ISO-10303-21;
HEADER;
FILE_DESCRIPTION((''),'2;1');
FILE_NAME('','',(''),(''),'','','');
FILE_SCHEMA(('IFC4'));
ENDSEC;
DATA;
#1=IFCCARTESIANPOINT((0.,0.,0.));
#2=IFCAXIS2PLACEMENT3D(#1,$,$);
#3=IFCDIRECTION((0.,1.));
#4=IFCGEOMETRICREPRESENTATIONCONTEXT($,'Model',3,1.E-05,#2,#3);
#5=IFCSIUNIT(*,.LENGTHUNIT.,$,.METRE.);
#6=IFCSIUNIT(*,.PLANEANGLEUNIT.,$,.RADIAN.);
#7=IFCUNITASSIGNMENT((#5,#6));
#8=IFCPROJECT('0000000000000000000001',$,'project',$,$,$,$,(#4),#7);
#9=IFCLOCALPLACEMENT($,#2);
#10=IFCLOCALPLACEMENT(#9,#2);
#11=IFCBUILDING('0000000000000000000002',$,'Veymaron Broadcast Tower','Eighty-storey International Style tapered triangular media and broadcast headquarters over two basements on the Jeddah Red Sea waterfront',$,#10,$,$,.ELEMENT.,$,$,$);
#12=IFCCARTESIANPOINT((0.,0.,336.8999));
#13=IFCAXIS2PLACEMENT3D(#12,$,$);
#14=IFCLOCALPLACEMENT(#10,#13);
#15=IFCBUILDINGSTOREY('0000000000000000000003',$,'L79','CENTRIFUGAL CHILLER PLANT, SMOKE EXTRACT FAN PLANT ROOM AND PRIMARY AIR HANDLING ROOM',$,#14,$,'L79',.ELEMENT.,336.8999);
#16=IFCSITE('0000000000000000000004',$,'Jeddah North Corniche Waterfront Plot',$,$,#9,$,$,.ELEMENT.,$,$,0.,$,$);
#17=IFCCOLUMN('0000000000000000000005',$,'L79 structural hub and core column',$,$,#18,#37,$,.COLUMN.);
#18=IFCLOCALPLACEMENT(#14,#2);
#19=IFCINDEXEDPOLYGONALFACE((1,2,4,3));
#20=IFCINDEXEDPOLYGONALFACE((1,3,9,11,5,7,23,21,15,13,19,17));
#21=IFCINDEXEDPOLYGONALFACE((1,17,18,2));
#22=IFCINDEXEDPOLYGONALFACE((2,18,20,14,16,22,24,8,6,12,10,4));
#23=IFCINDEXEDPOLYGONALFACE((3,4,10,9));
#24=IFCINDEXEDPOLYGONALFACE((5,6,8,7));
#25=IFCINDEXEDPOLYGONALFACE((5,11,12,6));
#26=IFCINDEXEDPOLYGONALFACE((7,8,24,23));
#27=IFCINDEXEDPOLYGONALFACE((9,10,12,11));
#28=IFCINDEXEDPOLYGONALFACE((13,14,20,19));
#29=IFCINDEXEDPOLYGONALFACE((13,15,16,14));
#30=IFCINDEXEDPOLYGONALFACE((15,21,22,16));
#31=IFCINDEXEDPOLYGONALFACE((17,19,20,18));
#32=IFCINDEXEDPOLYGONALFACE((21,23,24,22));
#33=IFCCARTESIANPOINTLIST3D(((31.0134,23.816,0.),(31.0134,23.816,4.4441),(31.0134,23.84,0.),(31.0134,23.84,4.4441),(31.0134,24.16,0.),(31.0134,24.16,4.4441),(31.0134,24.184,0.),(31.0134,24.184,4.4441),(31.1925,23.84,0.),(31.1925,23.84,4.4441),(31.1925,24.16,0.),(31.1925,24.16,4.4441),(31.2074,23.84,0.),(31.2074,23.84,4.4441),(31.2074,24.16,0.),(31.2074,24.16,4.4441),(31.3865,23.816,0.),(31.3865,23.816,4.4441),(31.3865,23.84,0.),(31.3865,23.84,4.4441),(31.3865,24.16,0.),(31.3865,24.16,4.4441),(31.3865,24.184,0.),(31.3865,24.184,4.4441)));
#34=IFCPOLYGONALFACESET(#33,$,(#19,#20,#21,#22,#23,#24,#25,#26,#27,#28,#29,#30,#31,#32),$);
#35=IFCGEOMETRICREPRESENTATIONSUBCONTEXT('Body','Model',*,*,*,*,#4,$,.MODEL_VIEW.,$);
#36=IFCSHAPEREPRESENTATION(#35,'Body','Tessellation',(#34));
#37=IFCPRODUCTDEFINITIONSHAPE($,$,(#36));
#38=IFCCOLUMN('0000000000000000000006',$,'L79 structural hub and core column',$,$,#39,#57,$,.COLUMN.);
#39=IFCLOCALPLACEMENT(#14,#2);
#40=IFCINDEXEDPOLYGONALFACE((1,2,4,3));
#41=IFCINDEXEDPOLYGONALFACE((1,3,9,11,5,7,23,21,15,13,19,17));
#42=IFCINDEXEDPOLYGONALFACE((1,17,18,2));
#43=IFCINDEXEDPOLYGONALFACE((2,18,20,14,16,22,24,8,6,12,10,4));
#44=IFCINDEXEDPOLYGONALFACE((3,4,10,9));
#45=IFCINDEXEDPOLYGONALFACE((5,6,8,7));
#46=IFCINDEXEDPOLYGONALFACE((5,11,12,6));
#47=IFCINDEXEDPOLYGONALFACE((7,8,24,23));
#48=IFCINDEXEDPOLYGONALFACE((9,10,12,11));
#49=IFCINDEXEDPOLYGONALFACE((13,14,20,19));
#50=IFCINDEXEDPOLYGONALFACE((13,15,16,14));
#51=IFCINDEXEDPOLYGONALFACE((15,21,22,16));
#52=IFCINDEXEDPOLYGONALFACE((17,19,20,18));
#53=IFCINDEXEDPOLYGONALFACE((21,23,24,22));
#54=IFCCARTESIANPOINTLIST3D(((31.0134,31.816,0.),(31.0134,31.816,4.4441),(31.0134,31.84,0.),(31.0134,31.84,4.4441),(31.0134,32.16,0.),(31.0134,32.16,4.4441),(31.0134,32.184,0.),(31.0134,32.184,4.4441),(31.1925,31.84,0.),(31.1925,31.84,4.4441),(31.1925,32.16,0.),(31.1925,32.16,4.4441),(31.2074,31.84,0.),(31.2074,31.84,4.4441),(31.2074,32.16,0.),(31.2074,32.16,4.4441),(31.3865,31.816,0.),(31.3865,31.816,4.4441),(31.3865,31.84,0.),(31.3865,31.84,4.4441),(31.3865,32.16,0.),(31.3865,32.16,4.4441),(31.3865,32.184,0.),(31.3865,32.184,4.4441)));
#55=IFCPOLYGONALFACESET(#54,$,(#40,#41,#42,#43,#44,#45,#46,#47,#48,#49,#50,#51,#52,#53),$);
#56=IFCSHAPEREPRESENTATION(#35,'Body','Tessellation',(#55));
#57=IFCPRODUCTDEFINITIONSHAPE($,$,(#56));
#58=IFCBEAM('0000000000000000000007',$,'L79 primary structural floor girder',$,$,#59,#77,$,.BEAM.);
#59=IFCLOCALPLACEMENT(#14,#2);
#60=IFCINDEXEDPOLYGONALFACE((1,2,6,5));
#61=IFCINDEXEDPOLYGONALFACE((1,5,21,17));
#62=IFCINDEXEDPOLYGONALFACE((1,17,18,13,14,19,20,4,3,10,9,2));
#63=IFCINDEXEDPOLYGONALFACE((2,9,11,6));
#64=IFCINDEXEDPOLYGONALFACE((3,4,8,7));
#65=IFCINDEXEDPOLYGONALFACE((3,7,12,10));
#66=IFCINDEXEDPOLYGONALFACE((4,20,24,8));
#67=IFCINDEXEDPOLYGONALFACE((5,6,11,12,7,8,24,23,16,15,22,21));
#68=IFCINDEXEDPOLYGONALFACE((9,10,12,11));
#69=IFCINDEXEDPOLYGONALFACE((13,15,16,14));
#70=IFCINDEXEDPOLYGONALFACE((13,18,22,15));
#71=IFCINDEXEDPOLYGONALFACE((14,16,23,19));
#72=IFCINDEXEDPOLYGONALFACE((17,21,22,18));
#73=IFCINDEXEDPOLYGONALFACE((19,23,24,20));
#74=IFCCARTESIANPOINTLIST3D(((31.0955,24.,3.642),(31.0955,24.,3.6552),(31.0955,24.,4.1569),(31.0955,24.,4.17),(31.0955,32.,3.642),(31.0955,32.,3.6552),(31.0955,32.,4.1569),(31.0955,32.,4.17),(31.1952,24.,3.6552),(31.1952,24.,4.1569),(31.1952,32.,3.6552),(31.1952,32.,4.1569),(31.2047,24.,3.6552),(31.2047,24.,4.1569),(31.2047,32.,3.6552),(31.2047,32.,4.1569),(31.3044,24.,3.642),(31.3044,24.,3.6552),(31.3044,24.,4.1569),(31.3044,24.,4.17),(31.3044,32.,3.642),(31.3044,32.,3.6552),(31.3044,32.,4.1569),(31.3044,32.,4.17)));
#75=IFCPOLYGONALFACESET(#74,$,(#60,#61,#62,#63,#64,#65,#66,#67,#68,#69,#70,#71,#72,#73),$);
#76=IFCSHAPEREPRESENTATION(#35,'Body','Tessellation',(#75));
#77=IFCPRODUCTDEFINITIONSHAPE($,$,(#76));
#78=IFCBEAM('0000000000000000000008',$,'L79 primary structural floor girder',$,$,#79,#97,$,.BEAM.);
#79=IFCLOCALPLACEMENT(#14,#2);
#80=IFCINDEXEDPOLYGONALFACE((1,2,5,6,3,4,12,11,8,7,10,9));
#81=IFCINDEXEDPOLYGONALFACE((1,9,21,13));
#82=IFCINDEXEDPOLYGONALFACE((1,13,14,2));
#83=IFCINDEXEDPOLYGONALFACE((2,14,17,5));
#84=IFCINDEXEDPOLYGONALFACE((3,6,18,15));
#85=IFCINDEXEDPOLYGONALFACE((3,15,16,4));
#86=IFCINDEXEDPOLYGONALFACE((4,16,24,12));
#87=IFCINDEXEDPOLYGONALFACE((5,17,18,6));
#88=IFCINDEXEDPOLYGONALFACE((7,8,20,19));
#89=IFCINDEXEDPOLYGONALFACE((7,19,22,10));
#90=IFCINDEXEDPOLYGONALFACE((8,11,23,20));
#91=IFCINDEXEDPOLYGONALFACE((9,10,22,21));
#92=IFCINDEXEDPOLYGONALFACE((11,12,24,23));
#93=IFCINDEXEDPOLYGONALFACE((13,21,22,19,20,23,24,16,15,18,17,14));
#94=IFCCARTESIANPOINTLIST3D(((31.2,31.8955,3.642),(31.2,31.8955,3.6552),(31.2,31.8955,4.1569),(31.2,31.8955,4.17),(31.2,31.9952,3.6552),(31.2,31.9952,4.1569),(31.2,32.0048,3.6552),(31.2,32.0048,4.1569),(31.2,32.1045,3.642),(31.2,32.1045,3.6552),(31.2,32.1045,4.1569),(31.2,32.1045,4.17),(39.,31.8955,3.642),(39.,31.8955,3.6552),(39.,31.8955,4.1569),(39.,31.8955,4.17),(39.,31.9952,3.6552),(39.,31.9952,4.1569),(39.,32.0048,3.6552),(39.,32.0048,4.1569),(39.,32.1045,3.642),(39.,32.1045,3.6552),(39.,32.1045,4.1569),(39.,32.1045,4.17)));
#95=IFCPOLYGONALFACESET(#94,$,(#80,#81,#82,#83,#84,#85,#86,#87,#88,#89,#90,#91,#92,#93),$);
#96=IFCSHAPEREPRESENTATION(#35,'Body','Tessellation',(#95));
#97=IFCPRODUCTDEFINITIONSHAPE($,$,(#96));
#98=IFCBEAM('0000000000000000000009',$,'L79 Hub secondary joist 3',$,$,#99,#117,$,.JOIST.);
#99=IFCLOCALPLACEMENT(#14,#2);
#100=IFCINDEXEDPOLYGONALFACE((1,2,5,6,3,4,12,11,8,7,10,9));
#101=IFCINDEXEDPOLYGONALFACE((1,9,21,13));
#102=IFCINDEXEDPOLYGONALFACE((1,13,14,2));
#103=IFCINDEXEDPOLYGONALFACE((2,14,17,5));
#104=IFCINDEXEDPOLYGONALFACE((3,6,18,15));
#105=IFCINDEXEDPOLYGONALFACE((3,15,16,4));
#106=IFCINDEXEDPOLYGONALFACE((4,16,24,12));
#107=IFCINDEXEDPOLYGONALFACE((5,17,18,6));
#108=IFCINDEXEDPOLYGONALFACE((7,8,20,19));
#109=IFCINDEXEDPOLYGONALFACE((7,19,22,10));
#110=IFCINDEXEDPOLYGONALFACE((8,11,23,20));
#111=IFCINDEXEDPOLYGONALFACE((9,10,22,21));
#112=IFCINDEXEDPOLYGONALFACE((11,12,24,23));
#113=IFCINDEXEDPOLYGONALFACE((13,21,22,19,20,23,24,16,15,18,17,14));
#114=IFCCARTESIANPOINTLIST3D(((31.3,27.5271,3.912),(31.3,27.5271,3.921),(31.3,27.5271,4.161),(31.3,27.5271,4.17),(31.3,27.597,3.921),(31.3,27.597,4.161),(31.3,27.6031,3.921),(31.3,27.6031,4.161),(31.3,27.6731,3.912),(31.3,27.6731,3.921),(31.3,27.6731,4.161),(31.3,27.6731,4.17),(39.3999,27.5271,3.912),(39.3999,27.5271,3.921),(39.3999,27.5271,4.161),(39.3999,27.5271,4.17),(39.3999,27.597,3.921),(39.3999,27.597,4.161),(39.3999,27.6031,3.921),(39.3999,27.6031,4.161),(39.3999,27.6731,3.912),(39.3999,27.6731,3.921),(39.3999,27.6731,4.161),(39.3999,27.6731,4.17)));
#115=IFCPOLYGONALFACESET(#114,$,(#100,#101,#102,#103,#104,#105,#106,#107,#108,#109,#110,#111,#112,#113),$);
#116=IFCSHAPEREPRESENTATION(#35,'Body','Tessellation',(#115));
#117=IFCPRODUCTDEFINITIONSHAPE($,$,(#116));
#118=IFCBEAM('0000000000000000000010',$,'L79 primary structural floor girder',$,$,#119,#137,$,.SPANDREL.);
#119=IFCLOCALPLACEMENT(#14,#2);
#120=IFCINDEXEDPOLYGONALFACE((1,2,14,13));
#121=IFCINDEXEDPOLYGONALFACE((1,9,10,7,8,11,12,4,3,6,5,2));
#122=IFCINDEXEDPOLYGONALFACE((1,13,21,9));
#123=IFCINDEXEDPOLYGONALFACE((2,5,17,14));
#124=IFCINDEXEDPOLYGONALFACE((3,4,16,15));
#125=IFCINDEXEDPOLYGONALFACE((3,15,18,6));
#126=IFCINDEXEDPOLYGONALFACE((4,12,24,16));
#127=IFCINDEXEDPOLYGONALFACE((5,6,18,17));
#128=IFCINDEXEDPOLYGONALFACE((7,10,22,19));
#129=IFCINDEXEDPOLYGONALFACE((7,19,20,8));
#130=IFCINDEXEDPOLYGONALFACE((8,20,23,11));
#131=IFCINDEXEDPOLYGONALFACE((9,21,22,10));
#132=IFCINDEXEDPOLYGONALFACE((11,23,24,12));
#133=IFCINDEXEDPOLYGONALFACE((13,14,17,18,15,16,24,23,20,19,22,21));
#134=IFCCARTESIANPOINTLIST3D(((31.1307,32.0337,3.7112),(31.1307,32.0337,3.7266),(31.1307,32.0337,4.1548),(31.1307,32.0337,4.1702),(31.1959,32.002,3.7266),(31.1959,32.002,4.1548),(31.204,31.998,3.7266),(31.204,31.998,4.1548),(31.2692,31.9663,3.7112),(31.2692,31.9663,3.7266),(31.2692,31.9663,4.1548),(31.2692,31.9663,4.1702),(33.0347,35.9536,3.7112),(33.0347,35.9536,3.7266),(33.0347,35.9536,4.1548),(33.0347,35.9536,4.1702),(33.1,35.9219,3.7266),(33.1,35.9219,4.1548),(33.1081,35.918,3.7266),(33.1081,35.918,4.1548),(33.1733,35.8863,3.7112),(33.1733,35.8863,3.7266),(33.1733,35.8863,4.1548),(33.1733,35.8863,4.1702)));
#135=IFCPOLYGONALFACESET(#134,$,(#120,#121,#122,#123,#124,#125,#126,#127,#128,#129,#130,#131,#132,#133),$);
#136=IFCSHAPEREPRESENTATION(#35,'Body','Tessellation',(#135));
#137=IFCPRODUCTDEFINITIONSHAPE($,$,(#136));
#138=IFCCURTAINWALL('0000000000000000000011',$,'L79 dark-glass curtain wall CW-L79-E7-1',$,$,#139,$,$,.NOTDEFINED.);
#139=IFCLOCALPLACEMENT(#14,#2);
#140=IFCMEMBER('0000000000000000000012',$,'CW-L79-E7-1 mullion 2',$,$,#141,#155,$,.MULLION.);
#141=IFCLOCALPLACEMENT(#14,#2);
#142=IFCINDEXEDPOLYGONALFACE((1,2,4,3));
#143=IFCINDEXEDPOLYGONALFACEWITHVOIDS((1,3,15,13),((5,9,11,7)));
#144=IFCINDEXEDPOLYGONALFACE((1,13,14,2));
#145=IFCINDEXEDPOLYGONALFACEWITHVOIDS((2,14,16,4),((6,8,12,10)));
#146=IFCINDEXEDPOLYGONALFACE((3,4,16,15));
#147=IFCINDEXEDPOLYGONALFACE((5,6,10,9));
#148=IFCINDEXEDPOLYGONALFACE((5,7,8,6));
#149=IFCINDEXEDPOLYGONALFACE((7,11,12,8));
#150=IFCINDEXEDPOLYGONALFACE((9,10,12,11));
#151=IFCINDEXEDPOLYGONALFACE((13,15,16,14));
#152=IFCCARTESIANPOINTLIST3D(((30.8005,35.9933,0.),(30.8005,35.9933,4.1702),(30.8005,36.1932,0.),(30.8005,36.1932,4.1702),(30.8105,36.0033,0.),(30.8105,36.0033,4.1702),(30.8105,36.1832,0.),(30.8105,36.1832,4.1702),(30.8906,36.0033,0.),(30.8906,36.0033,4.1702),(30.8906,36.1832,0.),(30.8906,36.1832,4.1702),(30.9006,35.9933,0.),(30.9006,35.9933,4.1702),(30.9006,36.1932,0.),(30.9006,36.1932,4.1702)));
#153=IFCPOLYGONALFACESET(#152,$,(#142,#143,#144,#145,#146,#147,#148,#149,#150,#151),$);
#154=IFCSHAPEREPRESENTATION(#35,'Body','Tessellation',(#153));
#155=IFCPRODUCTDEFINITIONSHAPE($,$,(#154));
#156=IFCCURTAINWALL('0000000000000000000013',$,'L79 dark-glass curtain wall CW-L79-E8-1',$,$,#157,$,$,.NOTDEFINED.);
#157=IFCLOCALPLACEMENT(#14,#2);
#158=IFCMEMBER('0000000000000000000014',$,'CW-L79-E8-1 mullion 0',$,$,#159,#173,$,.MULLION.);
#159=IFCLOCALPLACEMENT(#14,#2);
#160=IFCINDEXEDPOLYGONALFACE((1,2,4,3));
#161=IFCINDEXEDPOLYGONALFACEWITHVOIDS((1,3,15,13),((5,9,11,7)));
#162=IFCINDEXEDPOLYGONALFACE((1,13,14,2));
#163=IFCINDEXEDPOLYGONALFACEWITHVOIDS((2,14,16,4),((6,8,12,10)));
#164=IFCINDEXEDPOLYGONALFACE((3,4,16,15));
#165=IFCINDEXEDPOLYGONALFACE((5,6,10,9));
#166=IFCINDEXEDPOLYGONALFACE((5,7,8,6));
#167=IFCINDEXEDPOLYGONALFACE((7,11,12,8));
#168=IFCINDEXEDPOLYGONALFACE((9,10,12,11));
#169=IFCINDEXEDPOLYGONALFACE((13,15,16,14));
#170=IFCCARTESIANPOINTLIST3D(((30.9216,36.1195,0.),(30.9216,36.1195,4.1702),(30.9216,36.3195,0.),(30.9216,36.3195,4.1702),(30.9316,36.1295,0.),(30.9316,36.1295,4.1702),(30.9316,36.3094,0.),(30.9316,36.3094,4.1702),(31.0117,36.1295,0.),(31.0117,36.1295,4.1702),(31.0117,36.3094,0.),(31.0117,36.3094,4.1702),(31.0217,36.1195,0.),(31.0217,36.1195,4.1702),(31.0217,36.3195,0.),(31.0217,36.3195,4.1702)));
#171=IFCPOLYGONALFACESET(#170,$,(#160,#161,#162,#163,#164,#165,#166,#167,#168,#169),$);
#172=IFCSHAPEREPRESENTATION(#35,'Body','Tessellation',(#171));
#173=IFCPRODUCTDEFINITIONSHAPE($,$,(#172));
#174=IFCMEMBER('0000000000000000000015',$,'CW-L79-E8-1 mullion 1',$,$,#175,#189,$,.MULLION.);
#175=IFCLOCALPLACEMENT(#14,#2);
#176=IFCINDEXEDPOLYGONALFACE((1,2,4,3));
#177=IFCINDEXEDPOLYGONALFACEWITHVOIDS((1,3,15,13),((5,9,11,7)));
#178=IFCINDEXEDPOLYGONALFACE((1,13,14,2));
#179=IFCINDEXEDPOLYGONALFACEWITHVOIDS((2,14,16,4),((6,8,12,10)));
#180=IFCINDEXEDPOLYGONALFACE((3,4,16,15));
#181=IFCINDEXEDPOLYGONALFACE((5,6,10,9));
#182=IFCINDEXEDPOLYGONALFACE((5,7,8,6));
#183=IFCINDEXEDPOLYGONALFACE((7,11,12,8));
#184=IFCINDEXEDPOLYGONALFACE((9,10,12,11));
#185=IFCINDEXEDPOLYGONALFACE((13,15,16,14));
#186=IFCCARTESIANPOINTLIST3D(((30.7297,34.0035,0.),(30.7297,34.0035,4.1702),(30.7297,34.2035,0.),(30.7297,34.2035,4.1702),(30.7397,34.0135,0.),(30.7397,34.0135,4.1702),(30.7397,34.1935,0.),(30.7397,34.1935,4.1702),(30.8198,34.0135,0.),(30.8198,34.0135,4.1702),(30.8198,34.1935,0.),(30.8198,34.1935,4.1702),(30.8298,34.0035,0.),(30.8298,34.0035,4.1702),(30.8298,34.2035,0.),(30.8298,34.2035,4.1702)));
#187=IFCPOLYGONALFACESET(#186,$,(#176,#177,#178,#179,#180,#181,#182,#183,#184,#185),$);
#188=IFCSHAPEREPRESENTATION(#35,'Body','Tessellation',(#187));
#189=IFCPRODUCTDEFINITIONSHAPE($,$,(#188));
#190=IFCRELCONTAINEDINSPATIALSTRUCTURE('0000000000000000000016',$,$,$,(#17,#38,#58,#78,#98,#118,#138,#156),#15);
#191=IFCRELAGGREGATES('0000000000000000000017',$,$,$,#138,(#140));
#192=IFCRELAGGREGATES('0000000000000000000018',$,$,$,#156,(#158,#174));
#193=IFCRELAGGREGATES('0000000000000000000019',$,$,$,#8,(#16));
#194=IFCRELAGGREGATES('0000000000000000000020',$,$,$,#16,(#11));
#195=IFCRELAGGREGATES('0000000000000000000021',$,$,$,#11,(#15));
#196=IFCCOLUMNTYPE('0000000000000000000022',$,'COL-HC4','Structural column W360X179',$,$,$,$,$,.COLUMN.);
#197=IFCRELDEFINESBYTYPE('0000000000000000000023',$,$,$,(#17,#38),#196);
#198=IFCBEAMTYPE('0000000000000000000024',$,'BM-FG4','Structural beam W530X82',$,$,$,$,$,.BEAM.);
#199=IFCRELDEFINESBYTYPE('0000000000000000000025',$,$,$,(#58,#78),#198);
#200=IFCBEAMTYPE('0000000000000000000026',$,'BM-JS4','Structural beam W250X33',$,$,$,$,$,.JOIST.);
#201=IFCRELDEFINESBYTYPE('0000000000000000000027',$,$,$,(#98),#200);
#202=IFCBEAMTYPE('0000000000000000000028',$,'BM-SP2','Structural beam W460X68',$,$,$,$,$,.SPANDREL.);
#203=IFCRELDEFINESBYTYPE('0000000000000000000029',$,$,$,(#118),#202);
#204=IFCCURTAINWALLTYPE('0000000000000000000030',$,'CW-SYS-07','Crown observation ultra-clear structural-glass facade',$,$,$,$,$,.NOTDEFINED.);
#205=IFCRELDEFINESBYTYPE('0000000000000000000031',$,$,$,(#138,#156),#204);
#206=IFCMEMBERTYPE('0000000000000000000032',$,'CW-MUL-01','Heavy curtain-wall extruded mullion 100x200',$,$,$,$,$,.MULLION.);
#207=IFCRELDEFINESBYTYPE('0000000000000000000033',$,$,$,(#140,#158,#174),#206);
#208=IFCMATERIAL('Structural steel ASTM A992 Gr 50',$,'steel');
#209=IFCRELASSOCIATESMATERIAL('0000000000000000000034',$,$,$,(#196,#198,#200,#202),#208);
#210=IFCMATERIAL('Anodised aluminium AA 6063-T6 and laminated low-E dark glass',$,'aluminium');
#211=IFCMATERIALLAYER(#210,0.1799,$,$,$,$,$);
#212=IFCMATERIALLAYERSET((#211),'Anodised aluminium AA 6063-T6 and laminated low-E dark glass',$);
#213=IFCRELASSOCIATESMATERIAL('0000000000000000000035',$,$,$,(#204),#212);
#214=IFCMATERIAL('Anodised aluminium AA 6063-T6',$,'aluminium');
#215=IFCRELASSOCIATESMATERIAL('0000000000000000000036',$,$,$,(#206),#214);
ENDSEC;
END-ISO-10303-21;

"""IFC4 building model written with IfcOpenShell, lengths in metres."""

from ifc_helpers import new_model, si_unit, direction, frame, origin, origin_2d, place, context, subcontext, project, spatial, hollow_rectangle, i_section, extrude, material, layer, layer_set, material_profile, profile_set, type_object, element, aggregate, save


model = new_model("IFC4")

# Units and contexts
model_context = context("Model", 3, precision=1e-05, world=origin(), true_north=direction((0.0, 1.0)))
body_context = subcontext(model_context, "Body", "Model", "MODEL_VIEW")
ifc_project = project(units=[si_unit("LENGTHUNIT", "METRE"), si_unit("PLANEANGLEUNIT", "RADIAN")], contexts=[model_context])

# Site, building, storey
site_placement = place(None, origin())
site = spatial("IfcSite", under=ifc_project, at=site_placement, Name="Jeddah North Corniche Waterfront Plot", CompositionType="ELEMENT", RefElevation=0.0)
building_placement = place(site_placement, origin())
building = spatial("IfcBuilding", under=site, at=building_placement, Name="Veymaron Broadcast Tower", Description="Eighty-storey International Style tapered triangular media and broadcast headquarters over two basements on the Jeddah Red Sea waterfront", CompositionType="ELEMENT")
storey_placement = place(building_placement, frame((0.0, 0.0, 336.8999)))
storey = spatial("IfcBuildingStorey", under=building, at=storey_placement, Name="L79", Description="CENTRIFUGAL CHILLER PLANT, SMOKE EXTRACT FAN PLANT ROOM AND PRIMARY AIR HANDLING ROOM", LongName="L79", CompositionType="ELEMENT", Elevation=336.8999)

# Columns
ifc_material_1 = material(Name="Structural steel ASTM A992 Gr 50", Category="steel")
ifc_material_profile_1 = material_profile(ifc_material_1, i_section(OverallWidth=0.373, OverallDepth=0.3679, WebThickness=0.0149, FlangeThickness=0.0239, at=origin_2d()), Name="W360X179")
ifc_profile_set_1 = profile_set([ifc_material_profile_1], Name="Structural steel ASTM A992 Gr 50")
column_type = type_object("IfcColumnType", Name="COL-HC4", Description="Structural column W360X179", PredefinedType="COLUMN", material=ifc_profile_set_1)
for number, where, z_axis, x_axis, name in (
    (1, (31.2, 24.0, 0.0), (0.0, 0.0, 1.0), (1.0, 0.0, 0.0), "L79 structural hub and core column"),
    (2, (31.2, 32.0, 0.0), (0.0, 0.0, 1.0), (1.0, 0.0, 0.0), "L79 structural hub and core column"),
):
    element("IfcColumn", number, at=place(storey_placement, frame(where, z_axis=z_axis, x_axis=x_axis)), inside=storey, type_object=column_type, Name=name, PredefinedType="COLUMN", context=body_context, shape_type="SweptSolid", body=[
        extrude(i_section(OverallWidth=0.373, OverallDepth=0.3679, WebThickness=0.0149, FlangeThickness=0.0239, at=origin_2d()), origin(), (0.0, 0.0, 1.0), 4.4441),
    ])

# Beams
ifc_material_profile_2 = material_profile(ifc_material_1, i_section(OverallWidth=0.209, OverallDepth=0.5281, WebThickness=0.0095, FlangeThickness=0.0132, at=origin_2d()), Name="W530X82")
ifc_profile_set_2 = profile_set([ifc_material_profile_2], Name="Structural steel ASTM A992 Gr 50")
beam_type_1 = type_object("IfcBeamType", Name="BM-FG4", Description="Structural beam W530X82", PredefinedType="BEAM", material=ifc_profile_set_2)
beam_1_placement = place(storey_placement, frame((31.2, 24.0, 3.906), z_axis=(0.0, 1.0, 0.0), x_axis=(-1.0, 0.0, 0.0)))
element("IfcBeam", 3, at=beam_1_placement, inside=storey, type_object=beam_type_1, Name="L79 primary structural floor girder", PredefinedType="BEAM", context=body_context, shape_type="SweptSolid", body=[
    extrude(i_section(OverallWidth=0.209, OverallDepth=0.5281, WebThickness=0.0095, FlangeThickness=0.0132, at=origin_2d()), origin(), (0.0, 0.0, 1.0), 8.0),
])
beam_2_placement = place(storey_placement, frame((31.2, 32.0, 3.906), z_axis=(1.0, 0.0, 0.0), x_axis=(0.0, 1.0, 0.0)))
element("IfcBeam", 4, at=beam_2_placement, inside=storey, type_object=beam_type_1, Name="L79 primary structural floor girder", PredefinedType="BEAM", context=body_context, shape_type="SweptSolid", body=[
    extrude(i_section(OverallWidth=0.209, OverallDepth=0.5281, WebThickness=0.0095, FlangeThickness=0.0132, at=origin_2d()), origin(), (0.0, 0.0, 1.0), 7.8),
])
ifc_material_profile_3 = material_profile(ifc_material_1, i_section(OverallWidth=0.146, OverallDepth=0.2581, WebThickness=0.0061, FlangeThickness=0.009, at=origin_2d()), Name="W250X33")
ifc_profile_set_3 = profile_set([ifc_material_profile_3], Name="Structural steel ASTM A992 Gr 50")
beam_type_2 = type_object("IfcBeamType", Name="BM-JS4", Description="Structural beam W250X33", PredefinedType="JOIST", material=ifc_profile_set_3)
beam_3_placement = place(storey_placement, frame((31.3, 27.6001, 4.041), z_axis=(1.0, 0.0, 0.0), x_axis=(0.0, 1.0, 0.0)))
element("IfcBeam", 5, at=beam_3_placement, inside=storey, type_object=beam_type_2, Name="L79 Hub secondary joist 3", PredefinedType="JOIST", context=body_context, shape_type="SweptSolid", body=[
    extrude(i_section(OverallWidth=0.146, OverallDepth=0.2581, WebThickness=0.0061, FlangeThickness=0.009, at=origin_2d()), origin(), (0.0, 0.0, 1.0), 8.0999),
])
ifc_material_profile_4 = material_profile(ifc_material_1, i_section(OverallWidth=0.1541, OverallDepth=0.459, WebThickness=0.009, FlangeThickness=0.0154, at=origin_2d()), Name="W460X68")
ifc_profile_set_4 = profile_set([ifc_material_profile_4], Name="Structural steel ASTM A992 Gr 50")
beam_type_3 = type_object("IfcBeamType", Name="BM-SP2", Description="Structural beam W460X68", PredefinedType="SPANDREL", material=ifc_profile_set_4)
beam_4_placement = place(storey_placement, frame((31.2, 32.0, 3.9407), z_axis=(0.436921, 0.8995, 0.0), x_axis=(-0.8995, 0.436921, 0.0)))
element("IfcBeam", 6, at=beam_4_placement, inside=storey, type_object=beam_type_3, Name="L79 primary structural floor girder", PredefinedType="SPANDREL", context=body_context, shape_type="SweptSolid", body=[
    extrude(i_section(OverallWidth=0.1541, OverallDepth=0.459, WebThickness=0.009, FlangeThickness=0.0154, at=origin_2d()), origin(), (0.0, 0.0, 1.0), 4.3579),
])

# Curtain wall, member
ifc_material_2 = material(Name="Anodised aluminium AA 6063-T6 and laminated low-E dark glass", Category="aluminium")
ifc_layer_1 = layer(ifc_material_2, 0.1799)
ifc_layer_set_1 = layer_set([ifc_layer_1], Name="Anodised aluminium AA 6063-T6 and laminated low-E dark glass")
curtain_wall_type = type_object("IfcCurtainWallType", Name="CW-SYS-07", Description="Crown observation ultra-clear structural-glass facade", PredefinedType="NOTDEFINED", material=ifc_layer_set_1)
curtain_wall_1_placement = place(storey_placement, origin())
curtain_wall_1 = element("IfcCurtainWall", 7, at=curtain_wall_1_placement, inside=storey, type_object=curtain_wall_type, Name="L79 dark-glass curtain wall CW-L79-E7-1", PredefinedType="NOTDEFINED")
ifc_material_3 = material(Name="Anodised aluminium AA 6063-T6", Category="aluminium")
ifc_material_profile_5 = material_profile(ifc_material_3, hollow_rectangle(XDim=0.1001, YDim=0.2, WallThickness=0.01, at=origin_2d()), Name="RHS200X100X10")
ifc_profile_set_5 = profile_set([ifc_material_profile_5], Name="Anodised aluminium AA 6063-T6")
member_type_1 = type_object("IfcMemberType", Name="CW-MUL-01", Description="Heavy curtain-wall extruded mullion 100x200", PredefinedType="MULLION", material=ifc_profile_set_5)
member_1_placement = place(storey_placement, frame((30.8506, 36.0933, 0.0), z_axis=(0.0, 0.0, 1.0), x_axis=(1.0, 0.0, 0.0)))
member_1 = element("IfcMember", 8, at=member_1_placement, type_object=member_type_1, Name="CW-L79-E7-1 mullion 2", PredefinedType="MULLION", context=body_context, shape_type="SweptSolid", body=[
    extrude(hollow_rectangle(XDim=0.1001, YDim=0.2, WallThickness=0.01, at=origin_2d()), origin(), (0.0, 0.0, 1.0), 4.1702),
])
aggregate(curtain_wall_1, [member_1])

# Curtain wall, members
curtain_wall_2_placement = place(storey_placement, origin())
curtain_wall_2 = element("IfcCurtainWall", 9, at=curtain_wall_2_placement, inside=storey, type_object=curtain_wall_type, Name="L79 dark-glass curtain wall CW-L79-E8-1", PredefinedType="NOTDEFINED")
member_2_placement = place(storey_placement, frame((30.9717, 36.2195, 0.0), z_axis=(0.0, 0.0, 1.0), x_axis=(1.0, 0.0, 0.0)))
member_2 = element("IfcMember", 10, at=member_2_placement, type_object=member_type_1, Name="CW-L79-E8-1 mullion 0", PredefinedType="MULLION", context=body_context, shape_type="SweptSolid", body=[
    extrude(hollow_rectangle(XDim=0.1001, YDim=0.2, WallThickness=0.01, at=origin_2d()), origin(), (0.0, 0.0, 1.0), 4.1702),
])
member_3_placement = place(storey_placement, frame((30.7798, 34.1035, 0.0), z_axis=(0.0, 0.0, 1.0), x_axis=(1.0, 0.0, 0.0)))
member_3 = element("IfcMember", 11, at=member_3_placement, type_object=member_type_1, Name="CW-L79-E8-1 mullion 1", PredefinedType="MULLION", context=body_context, shape_type="SweptSolid", body=[
    extrude(hollow_rectangle(XDim=0.1001, YDim=0.2, WallThickness=0.01, at=origin_2d()), origin(), (0.0, 0.0, 1.0), 4.1702),
])

aggregate(curtain_wall_2, [member_2, member_3])

save(model, "model.ifc")
